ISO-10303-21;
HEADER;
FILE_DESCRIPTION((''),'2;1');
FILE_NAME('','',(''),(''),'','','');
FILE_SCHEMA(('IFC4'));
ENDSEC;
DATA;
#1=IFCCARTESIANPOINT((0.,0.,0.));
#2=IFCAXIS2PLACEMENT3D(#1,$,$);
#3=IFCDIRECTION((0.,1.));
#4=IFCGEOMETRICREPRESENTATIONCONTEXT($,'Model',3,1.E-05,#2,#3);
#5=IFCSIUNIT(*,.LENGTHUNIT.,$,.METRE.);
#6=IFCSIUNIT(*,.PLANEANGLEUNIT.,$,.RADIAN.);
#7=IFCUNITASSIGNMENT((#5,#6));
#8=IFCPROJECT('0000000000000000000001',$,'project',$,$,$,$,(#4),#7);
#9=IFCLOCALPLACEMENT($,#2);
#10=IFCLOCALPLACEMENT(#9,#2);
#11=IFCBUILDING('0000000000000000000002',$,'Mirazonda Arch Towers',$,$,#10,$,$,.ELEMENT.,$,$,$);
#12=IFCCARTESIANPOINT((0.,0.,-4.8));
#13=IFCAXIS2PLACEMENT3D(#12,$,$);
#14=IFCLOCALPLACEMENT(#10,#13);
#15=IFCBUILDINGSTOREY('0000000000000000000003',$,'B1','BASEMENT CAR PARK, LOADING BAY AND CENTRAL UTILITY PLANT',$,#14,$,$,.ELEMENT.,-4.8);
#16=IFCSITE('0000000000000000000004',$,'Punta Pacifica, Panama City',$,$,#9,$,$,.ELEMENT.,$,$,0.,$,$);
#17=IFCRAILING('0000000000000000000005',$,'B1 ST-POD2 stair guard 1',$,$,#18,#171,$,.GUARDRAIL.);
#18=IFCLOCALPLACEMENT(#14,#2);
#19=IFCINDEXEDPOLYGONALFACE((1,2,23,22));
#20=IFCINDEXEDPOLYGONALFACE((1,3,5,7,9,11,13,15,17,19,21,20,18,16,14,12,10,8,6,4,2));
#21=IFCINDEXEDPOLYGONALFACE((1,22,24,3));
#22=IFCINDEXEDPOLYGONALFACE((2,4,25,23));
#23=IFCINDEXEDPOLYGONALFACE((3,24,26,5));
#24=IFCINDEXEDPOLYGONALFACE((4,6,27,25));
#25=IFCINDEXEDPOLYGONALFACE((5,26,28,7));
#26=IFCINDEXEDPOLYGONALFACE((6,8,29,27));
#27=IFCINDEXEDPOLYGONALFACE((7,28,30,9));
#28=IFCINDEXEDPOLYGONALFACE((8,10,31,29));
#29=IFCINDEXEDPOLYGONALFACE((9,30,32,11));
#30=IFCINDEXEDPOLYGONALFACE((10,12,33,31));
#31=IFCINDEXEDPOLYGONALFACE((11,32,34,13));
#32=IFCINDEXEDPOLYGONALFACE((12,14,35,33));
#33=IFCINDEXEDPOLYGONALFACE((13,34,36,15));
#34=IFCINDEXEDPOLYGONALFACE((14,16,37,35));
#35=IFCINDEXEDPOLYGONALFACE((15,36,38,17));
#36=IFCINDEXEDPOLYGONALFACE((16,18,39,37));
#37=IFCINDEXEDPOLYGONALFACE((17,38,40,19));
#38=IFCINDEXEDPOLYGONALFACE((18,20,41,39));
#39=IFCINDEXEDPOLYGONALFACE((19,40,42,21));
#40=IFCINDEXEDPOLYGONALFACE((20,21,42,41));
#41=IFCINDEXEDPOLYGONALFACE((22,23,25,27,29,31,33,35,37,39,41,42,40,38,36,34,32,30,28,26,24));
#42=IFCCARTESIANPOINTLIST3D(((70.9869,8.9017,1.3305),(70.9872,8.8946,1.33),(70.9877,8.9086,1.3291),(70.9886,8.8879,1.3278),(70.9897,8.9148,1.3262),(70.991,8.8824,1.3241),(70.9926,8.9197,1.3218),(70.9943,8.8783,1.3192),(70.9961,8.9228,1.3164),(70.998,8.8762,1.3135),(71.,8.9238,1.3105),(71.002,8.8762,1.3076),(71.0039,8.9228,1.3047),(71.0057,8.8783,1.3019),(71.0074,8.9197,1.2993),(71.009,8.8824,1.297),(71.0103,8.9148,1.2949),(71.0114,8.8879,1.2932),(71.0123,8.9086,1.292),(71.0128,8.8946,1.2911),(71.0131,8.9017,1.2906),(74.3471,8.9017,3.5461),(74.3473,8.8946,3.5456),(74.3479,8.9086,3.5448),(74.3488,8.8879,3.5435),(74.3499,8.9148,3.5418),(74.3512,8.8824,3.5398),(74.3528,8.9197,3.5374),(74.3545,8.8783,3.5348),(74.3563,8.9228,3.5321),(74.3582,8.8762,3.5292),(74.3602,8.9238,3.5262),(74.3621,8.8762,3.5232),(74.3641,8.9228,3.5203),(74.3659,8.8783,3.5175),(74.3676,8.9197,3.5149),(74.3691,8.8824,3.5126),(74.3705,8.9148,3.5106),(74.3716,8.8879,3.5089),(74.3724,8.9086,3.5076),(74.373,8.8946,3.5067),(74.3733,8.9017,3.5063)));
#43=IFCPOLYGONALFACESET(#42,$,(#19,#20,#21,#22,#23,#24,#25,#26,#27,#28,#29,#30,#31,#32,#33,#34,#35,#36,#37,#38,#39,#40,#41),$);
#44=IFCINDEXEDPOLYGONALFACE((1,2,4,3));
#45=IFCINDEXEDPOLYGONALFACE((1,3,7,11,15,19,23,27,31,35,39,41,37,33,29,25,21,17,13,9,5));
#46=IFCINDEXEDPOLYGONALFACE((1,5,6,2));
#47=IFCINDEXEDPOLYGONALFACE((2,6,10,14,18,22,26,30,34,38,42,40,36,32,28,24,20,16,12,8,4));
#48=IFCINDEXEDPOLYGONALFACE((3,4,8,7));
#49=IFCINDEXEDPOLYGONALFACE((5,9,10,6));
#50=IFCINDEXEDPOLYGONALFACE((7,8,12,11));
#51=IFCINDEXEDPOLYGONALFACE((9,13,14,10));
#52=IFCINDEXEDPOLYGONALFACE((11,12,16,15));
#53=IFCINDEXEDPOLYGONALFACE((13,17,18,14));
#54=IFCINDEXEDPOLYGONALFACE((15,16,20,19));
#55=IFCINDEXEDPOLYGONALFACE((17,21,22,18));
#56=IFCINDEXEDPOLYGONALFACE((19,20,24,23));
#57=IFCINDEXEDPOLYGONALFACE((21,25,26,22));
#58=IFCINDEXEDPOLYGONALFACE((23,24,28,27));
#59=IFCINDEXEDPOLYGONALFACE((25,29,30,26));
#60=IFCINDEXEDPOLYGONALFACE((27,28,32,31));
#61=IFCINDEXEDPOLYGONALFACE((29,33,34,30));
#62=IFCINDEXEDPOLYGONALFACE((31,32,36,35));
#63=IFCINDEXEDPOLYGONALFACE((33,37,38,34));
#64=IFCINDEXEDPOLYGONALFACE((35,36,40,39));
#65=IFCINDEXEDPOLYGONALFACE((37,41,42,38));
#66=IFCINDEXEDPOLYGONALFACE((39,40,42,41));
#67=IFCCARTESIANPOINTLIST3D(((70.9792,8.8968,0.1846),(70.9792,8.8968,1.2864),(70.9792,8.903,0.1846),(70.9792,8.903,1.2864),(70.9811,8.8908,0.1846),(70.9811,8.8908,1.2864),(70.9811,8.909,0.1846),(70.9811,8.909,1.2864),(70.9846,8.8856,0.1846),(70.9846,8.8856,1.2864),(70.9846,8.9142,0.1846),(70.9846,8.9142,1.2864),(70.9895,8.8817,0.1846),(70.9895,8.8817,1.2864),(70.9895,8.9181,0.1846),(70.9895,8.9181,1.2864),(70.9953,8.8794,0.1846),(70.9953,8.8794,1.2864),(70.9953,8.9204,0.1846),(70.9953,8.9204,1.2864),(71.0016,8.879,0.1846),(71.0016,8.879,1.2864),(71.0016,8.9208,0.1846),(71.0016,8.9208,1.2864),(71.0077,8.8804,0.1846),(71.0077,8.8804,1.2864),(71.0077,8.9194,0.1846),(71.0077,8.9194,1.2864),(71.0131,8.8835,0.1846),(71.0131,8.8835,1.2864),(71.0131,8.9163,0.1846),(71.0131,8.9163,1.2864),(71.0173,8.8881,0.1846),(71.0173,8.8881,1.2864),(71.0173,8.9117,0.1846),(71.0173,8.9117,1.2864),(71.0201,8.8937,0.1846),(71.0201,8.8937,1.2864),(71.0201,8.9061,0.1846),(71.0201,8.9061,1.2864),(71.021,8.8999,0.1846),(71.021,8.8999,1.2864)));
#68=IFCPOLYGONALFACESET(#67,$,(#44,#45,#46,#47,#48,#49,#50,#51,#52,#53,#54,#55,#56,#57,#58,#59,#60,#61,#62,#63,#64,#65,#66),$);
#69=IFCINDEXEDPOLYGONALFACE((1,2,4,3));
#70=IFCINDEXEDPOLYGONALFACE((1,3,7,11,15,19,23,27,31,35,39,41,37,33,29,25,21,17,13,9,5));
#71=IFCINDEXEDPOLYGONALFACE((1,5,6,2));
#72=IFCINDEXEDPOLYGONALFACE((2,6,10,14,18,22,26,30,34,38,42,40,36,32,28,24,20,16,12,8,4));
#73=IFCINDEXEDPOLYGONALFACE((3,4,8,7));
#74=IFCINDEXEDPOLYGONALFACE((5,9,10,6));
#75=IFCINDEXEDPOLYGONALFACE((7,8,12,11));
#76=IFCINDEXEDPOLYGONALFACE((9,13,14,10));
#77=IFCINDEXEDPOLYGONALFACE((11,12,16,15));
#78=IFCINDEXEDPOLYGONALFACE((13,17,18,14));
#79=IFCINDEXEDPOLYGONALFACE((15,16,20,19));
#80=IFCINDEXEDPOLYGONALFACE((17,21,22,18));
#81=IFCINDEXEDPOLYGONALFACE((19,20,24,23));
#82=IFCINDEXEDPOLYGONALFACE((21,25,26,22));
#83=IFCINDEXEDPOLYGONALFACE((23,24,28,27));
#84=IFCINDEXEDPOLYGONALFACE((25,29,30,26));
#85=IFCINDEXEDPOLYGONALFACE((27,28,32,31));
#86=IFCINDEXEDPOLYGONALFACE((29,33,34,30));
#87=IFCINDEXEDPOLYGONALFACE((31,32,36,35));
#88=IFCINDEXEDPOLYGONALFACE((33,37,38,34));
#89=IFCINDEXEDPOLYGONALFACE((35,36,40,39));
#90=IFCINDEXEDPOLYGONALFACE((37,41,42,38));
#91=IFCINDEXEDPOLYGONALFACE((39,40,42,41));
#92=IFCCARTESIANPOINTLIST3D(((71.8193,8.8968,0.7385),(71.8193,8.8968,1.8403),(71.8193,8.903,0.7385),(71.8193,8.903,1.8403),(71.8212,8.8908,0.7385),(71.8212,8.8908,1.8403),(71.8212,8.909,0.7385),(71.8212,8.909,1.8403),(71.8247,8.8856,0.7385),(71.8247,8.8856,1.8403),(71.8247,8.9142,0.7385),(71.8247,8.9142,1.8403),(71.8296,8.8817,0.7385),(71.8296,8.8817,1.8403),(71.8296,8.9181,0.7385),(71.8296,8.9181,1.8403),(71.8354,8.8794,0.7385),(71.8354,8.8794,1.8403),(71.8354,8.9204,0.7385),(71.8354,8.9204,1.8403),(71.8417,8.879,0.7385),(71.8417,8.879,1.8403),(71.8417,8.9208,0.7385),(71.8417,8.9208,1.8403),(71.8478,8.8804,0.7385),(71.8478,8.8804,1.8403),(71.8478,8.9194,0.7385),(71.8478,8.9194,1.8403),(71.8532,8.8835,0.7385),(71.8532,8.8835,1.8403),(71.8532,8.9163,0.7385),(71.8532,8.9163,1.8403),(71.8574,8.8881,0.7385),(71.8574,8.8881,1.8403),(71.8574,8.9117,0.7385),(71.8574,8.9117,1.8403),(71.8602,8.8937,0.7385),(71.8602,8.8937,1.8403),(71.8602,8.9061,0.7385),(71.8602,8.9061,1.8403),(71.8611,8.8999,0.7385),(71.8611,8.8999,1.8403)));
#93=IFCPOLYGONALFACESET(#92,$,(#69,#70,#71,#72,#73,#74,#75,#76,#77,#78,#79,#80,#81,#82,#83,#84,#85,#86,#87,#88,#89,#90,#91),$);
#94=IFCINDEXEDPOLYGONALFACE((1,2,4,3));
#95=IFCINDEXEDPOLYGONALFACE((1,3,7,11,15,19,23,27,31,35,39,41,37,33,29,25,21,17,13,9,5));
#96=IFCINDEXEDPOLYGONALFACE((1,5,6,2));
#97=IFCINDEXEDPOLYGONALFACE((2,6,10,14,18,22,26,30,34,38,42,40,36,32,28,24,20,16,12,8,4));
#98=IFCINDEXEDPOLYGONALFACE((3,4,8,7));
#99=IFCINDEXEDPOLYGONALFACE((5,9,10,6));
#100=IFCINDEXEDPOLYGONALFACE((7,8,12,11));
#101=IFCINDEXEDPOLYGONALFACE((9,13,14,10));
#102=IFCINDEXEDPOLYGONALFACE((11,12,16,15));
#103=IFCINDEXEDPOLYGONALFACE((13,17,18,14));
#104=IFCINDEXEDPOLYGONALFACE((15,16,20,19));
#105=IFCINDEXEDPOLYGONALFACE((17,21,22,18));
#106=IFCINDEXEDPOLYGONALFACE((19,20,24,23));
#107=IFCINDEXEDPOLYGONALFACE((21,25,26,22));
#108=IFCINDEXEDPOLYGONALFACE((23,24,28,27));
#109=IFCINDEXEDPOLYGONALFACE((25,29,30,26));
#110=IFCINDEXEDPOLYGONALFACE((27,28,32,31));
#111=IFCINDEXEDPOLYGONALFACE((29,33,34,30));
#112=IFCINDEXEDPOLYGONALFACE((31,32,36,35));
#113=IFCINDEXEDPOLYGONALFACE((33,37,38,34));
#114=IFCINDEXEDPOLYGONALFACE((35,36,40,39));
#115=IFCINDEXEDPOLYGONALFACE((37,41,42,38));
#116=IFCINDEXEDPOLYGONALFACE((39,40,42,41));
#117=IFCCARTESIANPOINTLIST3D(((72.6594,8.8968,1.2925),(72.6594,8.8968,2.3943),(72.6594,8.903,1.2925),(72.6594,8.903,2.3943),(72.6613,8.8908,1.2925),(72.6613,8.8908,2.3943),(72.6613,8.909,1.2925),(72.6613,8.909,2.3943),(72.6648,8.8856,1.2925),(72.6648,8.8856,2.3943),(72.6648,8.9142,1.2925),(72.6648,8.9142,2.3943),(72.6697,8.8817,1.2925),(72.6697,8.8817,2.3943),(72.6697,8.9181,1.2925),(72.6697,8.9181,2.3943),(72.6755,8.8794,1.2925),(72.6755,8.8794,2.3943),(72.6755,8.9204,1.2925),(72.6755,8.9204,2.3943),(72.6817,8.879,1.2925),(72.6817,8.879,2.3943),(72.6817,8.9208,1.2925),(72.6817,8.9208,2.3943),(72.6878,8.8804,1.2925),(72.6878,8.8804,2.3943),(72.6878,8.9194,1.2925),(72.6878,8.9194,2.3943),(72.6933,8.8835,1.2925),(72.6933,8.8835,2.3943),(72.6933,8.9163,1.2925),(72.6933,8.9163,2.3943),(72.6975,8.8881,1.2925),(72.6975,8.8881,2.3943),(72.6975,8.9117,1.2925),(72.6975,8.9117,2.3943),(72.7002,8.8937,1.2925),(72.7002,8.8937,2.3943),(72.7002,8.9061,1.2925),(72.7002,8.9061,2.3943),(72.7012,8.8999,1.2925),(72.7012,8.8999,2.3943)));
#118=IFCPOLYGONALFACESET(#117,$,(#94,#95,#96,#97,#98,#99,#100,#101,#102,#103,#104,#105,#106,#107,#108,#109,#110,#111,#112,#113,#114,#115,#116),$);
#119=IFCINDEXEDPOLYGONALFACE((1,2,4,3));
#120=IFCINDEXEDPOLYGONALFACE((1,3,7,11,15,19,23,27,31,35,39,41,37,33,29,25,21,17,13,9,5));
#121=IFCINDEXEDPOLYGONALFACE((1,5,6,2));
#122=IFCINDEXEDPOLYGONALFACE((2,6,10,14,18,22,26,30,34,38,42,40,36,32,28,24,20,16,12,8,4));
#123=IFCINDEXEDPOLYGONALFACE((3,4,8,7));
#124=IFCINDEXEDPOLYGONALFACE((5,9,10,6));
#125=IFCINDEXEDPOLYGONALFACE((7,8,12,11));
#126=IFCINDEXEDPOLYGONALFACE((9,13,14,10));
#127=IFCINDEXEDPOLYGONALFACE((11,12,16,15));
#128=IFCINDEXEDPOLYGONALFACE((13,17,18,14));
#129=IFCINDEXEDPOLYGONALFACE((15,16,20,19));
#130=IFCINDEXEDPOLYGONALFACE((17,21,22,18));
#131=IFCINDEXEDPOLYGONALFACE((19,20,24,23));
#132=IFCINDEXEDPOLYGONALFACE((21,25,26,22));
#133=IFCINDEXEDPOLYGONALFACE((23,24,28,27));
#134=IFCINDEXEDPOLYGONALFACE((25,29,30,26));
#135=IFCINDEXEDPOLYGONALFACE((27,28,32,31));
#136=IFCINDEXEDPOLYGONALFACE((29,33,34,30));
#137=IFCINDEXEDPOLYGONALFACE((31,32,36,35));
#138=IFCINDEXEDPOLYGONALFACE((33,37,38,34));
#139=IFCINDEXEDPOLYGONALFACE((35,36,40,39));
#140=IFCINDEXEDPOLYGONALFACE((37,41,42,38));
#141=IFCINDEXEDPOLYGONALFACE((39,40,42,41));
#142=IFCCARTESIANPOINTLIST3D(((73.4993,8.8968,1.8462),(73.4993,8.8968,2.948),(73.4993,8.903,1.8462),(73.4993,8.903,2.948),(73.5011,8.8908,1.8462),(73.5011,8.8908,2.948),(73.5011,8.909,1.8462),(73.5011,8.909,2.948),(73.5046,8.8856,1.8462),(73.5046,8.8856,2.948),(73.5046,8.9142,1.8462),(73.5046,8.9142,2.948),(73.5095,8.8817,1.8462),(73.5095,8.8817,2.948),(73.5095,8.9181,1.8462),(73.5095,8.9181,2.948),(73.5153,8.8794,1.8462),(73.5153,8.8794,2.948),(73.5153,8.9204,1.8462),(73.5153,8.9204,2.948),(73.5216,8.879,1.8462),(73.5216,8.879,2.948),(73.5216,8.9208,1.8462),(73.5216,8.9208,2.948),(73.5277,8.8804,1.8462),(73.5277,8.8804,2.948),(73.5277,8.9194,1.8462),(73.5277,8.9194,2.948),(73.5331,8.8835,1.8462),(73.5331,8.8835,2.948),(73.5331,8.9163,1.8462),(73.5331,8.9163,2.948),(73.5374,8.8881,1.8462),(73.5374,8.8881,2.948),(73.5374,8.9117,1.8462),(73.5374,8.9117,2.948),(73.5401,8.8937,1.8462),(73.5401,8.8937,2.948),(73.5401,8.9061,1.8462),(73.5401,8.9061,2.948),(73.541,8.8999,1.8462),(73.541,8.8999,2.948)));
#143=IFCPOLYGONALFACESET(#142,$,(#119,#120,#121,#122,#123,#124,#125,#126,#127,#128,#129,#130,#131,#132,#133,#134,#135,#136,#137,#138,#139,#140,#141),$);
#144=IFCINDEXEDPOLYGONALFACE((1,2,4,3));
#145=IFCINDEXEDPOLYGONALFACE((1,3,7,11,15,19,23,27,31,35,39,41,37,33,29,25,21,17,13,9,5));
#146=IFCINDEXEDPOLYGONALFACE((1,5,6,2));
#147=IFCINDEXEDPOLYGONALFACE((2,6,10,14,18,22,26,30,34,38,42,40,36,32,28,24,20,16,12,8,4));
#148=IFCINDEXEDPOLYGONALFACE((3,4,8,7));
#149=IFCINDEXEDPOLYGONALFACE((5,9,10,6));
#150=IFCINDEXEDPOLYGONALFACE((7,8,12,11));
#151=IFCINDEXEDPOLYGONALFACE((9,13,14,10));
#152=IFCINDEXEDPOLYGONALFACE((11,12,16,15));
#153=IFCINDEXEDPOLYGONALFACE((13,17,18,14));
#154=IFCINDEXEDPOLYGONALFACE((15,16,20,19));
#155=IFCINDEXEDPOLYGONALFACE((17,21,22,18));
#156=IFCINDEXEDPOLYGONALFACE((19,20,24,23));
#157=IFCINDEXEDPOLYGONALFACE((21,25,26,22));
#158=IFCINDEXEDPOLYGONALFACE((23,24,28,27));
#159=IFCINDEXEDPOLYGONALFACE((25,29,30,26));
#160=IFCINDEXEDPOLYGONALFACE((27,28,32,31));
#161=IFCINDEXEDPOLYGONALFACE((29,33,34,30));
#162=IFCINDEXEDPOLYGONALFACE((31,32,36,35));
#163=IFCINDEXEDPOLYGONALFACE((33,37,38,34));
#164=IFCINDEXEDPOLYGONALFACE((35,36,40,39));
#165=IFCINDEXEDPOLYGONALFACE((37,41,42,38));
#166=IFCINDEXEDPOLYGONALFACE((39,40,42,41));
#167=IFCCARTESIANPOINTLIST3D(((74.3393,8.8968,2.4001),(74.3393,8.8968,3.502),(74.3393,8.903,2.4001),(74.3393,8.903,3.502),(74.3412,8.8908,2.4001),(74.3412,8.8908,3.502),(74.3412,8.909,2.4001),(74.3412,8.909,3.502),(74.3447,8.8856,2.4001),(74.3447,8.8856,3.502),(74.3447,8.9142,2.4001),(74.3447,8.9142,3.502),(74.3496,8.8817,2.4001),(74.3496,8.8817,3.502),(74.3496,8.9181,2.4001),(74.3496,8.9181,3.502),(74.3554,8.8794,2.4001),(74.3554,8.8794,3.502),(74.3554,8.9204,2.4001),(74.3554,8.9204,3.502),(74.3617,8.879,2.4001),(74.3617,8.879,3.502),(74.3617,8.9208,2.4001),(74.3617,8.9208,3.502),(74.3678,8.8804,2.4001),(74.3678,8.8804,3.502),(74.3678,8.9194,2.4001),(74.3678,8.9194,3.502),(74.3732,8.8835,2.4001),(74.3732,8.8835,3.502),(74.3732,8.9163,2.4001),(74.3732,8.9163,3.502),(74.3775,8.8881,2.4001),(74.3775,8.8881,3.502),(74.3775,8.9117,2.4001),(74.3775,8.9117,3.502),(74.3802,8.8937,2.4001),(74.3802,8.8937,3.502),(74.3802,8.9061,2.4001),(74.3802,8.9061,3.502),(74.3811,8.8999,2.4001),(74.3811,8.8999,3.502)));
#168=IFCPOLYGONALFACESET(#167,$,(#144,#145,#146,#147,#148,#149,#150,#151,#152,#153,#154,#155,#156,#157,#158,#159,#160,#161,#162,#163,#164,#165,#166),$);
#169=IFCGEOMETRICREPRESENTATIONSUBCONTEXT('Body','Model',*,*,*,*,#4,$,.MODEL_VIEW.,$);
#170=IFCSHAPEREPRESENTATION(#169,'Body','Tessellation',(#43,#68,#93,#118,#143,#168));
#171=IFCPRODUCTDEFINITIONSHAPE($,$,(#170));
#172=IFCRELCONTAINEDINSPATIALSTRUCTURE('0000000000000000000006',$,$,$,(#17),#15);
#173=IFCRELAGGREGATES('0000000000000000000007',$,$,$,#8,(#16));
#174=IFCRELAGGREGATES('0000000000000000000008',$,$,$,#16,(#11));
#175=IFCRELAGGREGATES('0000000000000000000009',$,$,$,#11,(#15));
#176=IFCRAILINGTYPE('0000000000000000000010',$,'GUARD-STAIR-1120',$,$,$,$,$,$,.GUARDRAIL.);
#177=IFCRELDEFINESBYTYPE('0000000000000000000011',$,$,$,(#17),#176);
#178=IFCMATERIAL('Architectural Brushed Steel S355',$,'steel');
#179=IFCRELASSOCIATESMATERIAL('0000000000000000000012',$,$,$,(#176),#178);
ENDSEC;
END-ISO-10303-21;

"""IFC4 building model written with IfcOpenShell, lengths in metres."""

from ifc_helpers import new_model, si_unit, direction, frame, origin, origin_2d, place, context, subcontext, project, spatial, circle, extrude, material, type_object, element, save


model = new_model("IFC4")

# Units and contexts
model_context = context("Model", 3, precision=1e-05, world=origin(), true_north=direction((0.0, 1.0)))
body_context = subcontext(model_context, "Body", "Model", "MODEL_VIEW")
ifc_project = project(units=[si_unit("LENGTHUNIT", "METRE"), si_unit("PLANEANGLEUNIT", "RADIAN")], contexts=[model_context])

# Site, building, storey
site_placement = place(None, origin())
site = spatial("IfcSite", under=ifc_project, at=site_placement, Name="Punta Pacifica, Panama City", CompositionType="ELEMENT", RefElevation=0.0)
building_placement = place(site_placement, origin())
building = spatial("IfcBuilding", under=site, at=building_placement, Name="Mirazonda Arch Towers", CompositionType="ELEMENT")
storey_placement = place(building_placement, frame((0.0, 0.0, -4.8)))
storey = spatial("IfcBuildingStorey", under=building, at=storey_placement, Name="B1", Description="BASEMENT CAR PARK, LOADING BAY AND CENTRAL UTILITY PLANT", CompositionType="ELEMENT", Elevation=-4.8)

# Railing
ifc_material_1 = material(Name="Architectural Brushed Steel S355", Category="steel")
railing_type_1 = type_object("IfcRailingType", Name="GUARD-STAIR-1120", PredefinedType="GUARDRAIL", material=ifc_material_1)
railing_1_placement = place(storey_placement, frame((71.0, 8.8999, 0.1846)))
element("IfcRailing", 1, at=railing_1_placement, inside=storey, type_object=railing_type_1, Name="B1 ST-POD2 stair guard 1", PredefinedType="GUARDRAIL", context=body_context, shape_type="SweptSolid", body=[
    extrude(circle(Radius=0.0239, at=origin_2d()), frame((0.0, 0.0, 1.126), z_axis=(0.834849, 0.0, 0.55048), x_axis=(0.0, 1.0, 0.0)), (0.0, 0.0, 1.0), 4.0249),
    extrude(circle(Radius=0.021, at=origin_2d()), origin(), (0.0, 0.0, 1.0), 1.1018),
    extrude(circle(Radius=0.021, at=origin_2d()), frame((0.8401, 0.0, 0.554)), (0.0, 0.0, 1.0), 1.1018),
    extrude(circle(Radius=0.021, at=origin_2d()), frame((1.6802, 0.0, 1.1079)), (0.0, 0.0, 1.0), 1.1018),
    extrude(circle(Radius=0.021, at=origin_2d()), frame((2.52, 0.0, 1.6616)), (0.0, 0.0, 1.0), 1.1018),
    extrude(circle(Radius=0.021, at=origin_2d()), frame((3.3601, 0.0, 2.2156)), (0.0, 0.0, 1.0), 1.1018),
])

save(model, "model.ifc")
